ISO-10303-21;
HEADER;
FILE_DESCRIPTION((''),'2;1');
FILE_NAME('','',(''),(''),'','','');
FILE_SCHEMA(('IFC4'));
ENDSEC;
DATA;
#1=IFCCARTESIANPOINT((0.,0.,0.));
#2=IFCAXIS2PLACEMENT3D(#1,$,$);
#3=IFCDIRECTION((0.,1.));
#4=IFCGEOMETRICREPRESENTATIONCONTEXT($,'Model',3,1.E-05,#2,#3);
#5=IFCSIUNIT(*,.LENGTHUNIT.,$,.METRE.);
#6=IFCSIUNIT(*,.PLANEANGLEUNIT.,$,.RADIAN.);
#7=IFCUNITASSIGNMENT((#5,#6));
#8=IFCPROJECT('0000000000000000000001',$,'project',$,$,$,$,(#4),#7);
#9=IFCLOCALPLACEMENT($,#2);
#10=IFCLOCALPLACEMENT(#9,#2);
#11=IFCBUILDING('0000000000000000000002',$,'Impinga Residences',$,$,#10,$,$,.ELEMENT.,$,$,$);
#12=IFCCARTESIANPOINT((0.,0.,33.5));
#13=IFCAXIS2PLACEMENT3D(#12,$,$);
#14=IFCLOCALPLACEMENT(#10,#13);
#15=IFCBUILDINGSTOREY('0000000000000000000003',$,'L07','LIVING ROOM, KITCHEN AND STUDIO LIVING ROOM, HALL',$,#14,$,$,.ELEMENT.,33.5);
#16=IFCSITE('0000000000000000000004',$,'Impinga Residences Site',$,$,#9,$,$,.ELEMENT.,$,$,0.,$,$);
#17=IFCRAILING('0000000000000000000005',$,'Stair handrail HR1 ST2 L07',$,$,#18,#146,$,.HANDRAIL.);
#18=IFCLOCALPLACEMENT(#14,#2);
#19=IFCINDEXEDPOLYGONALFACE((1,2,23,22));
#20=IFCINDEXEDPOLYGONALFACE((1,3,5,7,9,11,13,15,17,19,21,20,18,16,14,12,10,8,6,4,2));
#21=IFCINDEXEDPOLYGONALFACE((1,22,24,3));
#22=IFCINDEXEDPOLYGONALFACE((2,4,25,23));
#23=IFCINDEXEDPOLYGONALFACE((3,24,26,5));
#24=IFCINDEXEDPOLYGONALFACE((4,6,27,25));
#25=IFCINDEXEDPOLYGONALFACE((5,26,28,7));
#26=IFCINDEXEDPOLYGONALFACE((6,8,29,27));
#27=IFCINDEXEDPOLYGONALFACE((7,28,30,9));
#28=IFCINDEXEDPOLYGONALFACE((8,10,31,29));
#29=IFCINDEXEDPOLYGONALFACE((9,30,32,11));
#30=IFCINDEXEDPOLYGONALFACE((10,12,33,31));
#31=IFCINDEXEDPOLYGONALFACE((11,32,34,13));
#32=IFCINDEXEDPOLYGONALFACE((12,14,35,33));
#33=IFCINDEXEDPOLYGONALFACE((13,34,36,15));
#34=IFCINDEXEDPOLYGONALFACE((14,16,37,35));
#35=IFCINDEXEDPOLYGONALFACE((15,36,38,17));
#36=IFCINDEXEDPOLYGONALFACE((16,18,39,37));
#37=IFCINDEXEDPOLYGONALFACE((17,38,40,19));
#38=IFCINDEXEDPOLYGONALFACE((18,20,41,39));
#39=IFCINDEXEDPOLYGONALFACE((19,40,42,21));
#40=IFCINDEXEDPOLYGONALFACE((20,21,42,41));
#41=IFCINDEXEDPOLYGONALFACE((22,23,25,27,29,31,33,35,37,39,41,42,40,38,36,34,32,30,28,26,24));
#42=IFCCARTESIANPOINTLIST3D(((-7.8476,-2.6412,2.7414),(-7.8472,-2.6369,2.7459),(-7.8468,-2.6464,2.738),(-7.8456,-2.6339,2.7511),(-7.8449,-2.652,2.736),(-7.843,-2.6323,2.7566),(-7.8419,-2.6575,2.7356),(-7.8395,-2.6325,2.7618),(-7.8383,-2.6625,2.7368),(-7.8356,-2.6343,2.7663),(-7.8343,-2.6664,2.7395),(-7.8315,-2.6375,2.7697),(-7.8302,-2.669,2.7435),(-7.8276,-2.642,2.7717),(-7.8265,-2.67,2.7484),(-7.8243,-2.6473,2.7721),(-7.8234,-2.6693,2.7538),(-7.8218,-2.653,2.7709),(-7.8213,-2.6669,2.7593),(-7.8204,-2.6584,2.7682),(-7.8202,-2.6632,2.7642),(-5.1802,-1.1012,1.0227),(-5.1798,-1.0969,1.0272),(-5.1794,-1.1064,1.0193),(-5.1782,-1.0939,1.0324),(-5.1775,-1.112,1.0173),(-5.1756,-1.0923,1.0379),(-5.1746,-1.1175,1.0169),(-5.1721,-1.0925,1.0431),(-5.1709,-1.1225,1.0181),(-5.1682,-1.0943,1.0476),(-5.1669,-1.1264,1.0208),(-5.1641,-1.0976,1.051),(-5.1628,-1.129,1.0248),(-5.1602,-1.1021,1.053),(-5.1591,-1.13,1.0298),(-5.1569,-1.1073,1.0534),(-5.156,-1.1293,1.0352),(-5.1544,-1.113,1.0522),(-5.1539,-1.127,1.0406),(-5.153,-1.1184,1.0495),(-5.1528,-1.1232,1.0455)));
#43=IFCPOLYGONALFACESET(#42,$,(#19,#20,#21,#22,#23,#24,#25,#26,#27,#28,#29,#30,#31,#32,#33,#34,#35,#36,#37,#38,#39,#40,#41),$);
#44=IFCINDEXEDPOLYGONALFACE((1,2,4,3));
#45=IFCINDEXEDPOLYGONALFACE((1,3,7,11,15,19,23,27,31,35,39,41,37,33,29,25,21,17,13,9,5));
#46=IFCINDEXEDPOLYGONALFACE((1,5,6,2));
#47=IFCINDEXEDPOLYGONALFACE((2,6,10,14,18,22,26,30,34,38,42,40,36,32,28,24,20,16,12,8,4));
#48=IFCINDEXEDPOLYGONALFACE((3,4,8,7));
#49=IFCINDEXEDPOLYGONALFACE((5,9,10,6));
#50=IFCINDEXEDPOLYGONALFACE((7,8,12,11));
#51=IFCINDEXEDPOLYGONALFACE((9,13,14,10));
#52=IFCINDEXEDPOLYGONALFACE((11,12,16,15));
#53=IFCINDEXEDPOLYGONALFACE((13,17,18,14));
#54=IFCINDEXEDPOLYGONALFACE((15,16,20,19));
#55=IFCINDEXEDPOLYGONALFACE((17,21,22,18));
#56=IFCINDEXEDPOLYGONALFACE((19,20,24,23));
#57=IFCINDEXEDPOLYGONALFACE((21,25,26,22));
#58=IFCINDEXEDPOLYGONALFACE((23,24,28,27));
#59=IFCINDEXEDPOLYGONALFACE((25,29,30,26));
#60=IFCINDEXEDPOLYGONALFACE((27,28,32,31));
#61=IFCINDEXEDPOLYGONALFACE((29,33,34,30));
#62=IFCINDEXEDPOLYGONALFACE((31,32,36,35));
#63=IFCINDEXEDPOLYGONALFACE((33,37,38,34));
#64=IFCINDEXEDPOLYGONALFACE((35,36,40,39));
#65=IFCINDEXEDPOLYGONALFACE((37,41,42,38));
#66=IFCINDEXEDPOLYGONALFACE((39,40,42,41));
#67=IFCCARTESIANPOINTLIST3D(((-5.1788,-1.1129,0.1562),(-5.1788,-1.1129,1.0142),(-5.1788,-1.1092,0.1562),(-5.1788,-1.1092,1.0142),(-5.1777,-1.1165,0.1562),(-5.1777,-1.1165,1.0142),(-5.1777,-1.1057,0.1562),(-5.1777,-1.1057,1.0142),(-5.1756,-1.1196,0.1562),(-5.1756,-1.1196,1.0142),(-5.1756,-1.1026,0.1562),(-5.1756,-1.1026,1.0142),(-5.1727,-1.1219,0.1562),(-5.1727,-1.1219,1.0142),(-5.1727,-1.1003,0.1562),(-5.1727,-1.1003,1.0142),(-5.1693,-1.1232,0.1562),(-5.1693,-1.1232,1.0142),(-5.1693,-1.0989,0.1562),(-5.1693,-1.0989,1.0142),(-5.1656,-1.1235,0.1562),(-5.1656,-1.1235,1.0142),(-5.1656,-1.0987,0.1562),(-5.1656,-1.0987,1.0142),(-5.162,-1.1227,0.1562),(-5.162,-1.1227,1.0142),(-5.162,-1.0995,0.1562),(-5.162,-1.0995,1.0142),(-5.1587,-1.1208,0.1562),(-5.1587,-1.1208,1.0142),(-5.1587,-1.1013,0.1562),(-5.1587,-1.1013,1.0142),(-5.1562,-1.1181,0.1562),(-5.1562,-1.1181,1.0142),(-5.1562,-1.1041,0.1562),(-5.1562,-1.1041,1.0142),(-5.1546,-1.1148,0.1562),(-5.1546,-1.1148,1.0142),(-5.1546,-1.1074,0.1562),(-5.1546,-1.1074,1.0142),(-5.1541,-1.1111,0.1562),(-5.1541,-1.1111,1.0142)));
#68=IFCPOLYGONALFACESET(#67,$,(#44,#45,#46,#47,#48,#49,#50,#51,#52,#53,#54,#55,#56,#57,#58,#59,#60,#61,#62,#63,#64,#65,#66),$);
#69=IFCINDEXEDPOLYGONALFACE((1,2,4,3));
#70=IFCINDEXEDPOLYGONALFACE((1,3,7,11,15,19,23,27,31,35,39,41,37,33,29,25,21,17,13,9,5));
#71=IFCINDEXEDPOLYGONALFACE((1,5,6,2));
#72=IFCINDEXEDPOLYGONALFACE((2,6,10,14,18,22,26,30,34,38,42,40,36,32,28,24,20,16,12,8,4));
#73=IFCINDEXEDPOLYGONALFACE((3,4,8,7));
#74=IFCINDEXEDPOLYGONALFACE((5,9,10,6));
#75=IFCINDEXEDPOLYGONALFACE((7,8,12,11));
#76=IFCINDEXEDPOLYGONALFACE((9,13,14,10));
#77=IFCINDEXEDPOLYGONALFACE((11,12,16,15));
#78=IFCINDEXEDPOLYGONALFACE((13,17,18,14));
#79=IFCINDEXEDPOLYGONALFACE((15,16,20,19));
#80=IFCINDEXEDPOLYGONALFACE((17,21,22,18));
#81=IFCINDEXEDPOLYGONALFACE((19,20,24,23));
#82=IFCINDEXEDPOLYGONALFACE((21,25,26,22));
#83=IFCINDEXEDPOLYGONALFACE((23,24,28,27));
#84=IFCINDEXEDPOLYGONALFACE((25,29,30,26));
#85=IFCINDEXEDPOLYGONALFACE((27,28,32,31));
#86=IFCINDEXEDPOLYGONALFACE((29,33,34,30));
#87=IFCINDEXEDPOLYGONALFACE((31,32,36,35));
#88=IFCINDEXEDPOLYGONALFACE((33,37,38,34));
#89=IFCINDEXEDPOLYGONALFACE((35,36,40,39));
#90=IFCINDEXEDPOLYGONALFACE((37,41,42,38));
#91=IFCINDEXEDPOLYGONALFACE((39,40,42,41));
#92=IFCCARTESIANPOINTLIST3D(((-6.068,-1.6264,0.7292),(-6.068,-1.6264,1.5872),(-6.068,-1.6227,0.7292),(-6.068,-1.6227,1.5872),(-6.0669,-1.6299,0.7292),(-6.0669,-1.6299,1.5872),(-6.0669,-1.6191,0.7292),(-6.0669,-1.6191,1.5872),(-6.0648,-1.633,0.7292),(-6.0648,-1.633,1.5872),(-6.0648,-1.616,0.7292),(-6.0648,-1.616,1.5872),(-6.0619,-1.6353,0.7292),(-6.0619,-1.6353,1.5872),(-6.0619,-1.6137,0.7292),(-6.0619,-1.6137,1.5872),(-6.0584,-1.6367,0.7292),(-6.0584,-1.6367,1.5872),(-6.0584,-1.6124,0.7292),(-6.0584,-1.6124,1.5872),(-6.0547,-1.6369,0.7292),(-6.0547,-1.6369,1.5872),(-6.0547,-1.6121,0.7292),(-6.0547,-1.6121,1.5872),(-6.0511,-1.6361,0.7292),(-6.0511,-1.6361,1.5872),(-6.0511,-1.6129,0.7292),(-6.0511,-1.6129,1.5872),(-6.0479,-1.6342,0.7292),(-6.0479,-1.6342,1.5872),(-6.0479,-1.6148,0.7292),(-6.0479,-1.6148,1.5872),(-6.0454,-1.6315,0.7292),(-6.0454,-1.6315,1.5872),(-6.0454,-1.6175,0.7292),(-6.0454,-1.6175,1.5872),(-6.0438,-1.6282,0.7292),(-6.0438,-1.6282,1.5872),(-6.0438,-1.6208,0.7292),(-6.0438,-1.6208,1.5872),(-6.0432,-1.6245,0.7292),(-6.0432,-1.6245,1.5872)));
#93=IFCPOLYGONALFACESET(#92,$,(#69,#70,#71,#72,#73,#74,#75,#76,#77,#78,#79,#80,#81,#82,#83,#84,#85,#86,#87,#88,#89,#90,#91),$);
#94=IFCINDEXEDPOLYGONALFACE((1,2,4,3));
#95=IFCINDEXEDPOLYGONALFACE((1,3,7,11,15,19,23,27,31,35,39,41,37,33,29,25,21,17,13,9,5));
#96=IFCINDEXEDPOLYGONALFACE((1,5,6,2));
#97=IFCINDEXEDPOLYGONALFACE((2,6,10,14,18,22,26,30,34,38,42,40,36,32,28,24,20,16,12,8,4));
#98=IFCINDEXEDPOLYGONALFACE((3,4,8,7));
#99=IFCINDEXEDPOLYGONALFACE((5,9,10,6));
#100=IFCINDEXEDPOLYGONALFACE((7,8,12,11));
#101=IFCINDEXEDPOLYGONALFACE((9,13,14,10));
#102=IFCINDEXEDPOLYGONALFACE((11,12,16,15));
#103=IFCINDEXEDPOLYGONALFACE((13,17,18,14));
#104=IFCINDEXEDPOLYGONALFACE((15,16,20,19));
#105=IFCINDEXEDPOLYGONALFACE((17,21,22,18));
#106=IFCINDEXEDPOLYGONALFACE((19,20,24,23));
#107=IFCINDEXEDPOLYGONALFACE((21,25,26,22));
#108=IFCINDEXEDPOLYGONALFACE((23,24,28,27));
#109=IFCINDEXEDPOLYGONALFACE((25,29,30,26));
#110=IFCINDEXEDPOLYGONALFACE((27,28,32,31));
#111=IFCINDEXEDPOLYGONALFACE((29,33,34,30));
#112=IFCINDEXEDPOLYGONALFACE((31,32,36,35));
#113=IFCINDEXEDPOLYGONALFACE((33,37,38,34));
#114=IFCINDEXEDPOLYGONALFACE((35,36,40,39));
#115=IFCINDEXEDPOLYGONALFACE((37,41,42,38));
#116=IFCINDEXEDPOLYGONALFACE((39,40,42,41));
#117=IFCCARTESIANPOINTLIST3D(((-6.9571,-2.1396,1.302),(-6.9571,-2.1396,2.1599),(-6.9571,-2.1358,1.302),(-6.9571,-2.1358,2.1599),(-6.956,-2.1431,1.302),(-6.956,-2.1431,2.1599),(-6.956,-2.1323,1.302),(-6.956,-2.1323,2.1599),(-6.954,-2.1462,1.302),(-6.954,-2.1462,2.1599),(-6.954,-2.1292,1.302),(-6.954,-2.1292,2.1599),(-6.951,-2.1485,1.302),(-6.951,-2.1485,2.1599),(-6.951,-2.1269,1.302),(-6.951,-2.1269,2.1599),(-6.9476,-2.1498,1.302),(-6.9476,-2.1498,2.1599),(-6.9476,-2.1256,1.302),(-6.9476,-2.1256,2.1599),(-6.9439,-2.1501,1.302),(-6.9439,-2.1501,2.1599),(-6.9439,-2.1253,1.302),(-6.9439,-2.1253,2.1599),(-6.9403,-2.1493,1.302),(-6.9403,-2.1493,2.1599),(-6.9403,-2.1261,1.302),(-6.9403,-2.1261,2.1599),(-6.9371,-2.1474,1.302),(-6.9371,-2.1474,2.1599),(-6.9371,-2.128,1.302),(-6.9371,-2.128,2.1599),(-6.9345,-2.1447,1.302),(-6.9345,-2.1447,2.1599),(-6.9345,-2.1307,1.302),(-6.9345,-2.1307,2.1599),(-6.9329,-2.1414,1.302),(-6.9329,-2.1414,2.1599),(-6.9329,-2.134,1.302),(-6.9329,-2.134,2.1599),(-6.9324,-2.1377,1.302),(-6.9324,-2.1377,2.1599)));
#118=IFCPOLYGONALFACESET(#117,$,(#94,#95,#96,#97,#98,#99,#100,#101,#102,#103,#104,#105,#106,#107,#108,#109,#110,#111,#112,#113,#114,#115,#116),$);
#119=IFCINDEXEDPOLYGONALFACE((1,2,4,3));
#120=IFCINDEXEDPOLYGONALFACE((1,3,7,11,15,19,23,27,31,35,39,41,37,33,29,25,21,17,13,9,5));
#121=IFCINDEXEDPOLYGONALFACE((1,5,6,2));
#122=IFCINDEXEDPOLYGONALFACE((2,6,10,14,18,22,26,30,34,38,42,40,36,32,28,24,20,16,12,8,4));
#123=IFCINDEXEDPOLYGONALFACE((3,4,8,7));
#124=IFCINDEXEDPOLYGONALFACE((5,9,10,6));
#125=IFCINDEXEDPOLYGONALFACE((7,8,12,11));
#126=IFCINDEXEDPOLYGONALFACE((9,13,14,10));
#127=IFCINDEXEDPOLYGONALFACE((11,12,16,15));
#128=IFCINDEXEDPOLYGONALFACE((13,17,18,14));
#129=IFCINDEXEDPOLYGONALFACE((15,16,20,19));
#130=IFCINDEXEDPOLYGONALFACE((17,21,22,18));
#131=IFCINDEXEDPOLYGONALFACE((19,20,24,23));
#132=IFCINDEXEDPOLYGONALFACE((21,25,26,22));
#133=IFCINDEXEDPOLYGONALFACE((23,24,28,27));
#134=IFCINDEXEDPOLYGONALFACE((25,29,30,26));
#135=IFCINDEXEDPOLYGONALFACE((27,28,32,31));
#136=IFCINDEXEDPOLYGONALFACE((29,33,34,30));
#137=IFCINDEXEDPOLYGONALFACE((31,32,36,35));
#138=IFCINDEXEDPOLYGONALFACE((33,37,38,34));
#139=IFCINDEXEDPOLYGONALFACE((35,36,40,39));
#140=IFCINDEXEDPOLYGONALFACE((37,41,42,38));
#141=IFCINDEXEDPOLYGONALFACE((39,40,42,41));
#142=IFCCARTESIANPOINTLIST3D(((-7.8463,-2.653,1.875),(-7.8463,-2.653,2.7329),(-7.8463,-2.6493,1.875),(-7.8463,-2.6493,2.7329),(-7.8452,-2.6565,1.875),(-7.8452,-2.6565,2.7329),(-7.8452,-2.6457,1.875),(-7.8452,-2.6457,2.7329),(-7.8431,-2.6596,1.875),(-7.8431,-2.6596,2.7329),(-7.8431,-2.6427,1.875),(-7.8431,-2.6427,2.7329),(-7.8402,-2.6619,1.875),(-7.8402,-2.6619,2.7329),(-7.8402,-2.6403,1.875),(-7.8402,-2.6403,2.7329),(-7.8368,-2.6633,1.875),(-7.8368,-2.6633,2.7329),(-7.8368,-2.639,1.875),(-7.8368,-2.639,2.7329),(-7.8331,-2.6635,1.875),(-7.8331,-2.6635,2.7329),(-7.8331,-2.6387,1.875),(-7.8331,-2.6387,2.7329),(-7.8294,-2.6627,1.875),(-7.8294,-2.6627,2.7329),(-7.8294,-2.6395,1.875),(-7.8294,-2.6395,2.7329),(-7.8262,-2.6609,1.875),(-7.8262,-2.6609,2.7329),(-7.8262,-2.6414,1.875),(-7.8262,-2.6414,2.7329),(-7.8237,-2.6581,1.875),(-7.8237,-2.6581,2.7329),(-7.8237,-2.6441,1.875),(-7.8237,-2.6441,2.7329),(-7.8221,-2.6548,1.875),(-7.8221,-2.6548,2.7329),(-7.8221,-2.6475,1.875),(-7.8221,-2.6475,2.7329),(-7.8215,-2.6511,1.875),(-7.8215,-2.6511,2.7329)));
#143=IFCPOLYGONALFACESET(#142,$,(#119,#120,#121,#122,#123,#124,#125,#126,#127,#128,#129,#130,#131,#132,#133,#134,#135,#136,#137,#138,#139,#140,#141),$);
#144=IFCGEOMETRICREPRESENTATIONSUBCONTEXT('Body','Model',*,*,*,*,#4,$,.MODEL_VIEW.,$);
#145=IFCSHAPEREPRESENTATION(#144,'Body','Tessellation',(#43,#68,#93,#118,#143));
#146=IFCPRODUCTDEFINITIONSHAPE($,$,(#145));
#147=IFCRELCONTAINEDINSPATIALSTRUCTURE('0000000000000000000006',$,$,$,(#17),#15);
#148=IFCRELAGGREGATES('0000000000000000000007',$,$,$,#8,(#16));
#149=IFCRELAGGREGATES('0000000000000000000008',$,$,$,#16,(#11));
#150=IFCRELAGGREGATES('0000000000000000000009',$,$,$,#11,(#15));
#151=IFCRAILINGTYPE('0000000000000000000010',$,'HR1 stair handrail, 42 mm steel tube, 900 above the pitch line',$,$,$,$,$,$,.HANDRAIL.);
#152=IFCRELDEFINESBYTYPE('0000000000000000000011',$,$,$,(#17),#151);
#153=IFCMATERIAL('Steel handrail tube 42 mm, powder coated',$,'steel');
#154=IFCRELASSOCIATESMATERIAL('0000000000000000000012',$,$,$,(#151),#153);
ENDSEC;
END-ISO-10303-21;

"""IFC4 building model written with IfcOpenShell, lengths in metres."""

from ifc_helpers import new_model, si_unit, direction, frame, origin, origin_2d, place, context, subcontext, project, spatial, circle, extrude, material, type_object, element, save


model = new_model("IFC4")

# Units and contexts
model_context = context("Model", 3, precision=1e-05, world=origin(), true_north=direction((0.0, 1.0)))
body_context = subcontext(model_context, "Body", "Model", "MODEL_VIEW")
ifc_project = project(units=[si_unit("LENGTHUNIT", "METRE"), si_unit("PLANEANGLEUNIT", "RADIAN")], contexts=[model_context])

# Site, building, storey
site_placement = place(None, origin())
site = spatial("IfcSite", under=ifc_project, at=site_placement, Name="Impinga Residences Site", CompositionType="ELEMENT", RefElevation=0.0)
building_placement = place(site_placement, origin())
building = spatial("IfcBuilding", under=site, at=building_placement, Name="Impinga Residences", CompositionType="ELEMENT")
storey_placement = place(building_placement, frame((0.0, 0.0, 33.5)))
storey = spatial("IfcBuildingStorey", under=building, at=storey_placement, Name="L07", Description="LIVING ROOM, KITCHEN AND STUDIO LIVING ROOM, HALL", CompositionType="ELEMENT", Elevation=33.5)

# Railing
ifc_material_1 = material(Name="Steel handrail tube 42 mm, powder coated", Category="steel")
railing_type = type_object("IfcRailingType", Name="HR1 stair handrail, 42 mm steel tube, 900 above the pitch line", PredefinedType="HANDRAIL", material=ifc_material_1)
railing_placement = place(storey_placement, frame((-5.1665, -1.1111, 0.1562)))
element("IfcRailing", 1, at=railing_placement, inside=storey, type_object=railing_type, Name="Stair handrail HR1 ST2 L07", PredefinedType="HANDRAIL", context=body_context, shape_type="SweptSolid", body=[
    extrude(circle(Radius=0.021, at=origin_2d()), frame((0.0, 0.0, 0.8789), z_axis=(-0.756256, -0.436616, 0.487282), x_axis=(0.499992, -0.86603, 0.0)), (0.0, 0.0, 1.0), 3.5271),
    extrude(circle(Radius=0.0125, at=origin_2d()), origin(), (0.0, 0.0, 1.0), 0.8579),
    extrude(circle(Radius=0.0125, at=origin_2d()), frame((-0.8892, -0.5134, 0.573)), (0.0, 0.0, 1.0), 0.8579),
    extrude(circle(Radius=0.0125, at=origin_2d()), frame((-1.7783, -1.0266, 1.1458)), (0.0, 0.0, 1.0), 0.8579),
    extrude(circle(Radius=0.0125, at=origin_2d()), frame((-2.6675, -1.54, 1.7188)), (0.0, 0.0, 1.0), 0.8579),
])

save(model, "model.ifc")
